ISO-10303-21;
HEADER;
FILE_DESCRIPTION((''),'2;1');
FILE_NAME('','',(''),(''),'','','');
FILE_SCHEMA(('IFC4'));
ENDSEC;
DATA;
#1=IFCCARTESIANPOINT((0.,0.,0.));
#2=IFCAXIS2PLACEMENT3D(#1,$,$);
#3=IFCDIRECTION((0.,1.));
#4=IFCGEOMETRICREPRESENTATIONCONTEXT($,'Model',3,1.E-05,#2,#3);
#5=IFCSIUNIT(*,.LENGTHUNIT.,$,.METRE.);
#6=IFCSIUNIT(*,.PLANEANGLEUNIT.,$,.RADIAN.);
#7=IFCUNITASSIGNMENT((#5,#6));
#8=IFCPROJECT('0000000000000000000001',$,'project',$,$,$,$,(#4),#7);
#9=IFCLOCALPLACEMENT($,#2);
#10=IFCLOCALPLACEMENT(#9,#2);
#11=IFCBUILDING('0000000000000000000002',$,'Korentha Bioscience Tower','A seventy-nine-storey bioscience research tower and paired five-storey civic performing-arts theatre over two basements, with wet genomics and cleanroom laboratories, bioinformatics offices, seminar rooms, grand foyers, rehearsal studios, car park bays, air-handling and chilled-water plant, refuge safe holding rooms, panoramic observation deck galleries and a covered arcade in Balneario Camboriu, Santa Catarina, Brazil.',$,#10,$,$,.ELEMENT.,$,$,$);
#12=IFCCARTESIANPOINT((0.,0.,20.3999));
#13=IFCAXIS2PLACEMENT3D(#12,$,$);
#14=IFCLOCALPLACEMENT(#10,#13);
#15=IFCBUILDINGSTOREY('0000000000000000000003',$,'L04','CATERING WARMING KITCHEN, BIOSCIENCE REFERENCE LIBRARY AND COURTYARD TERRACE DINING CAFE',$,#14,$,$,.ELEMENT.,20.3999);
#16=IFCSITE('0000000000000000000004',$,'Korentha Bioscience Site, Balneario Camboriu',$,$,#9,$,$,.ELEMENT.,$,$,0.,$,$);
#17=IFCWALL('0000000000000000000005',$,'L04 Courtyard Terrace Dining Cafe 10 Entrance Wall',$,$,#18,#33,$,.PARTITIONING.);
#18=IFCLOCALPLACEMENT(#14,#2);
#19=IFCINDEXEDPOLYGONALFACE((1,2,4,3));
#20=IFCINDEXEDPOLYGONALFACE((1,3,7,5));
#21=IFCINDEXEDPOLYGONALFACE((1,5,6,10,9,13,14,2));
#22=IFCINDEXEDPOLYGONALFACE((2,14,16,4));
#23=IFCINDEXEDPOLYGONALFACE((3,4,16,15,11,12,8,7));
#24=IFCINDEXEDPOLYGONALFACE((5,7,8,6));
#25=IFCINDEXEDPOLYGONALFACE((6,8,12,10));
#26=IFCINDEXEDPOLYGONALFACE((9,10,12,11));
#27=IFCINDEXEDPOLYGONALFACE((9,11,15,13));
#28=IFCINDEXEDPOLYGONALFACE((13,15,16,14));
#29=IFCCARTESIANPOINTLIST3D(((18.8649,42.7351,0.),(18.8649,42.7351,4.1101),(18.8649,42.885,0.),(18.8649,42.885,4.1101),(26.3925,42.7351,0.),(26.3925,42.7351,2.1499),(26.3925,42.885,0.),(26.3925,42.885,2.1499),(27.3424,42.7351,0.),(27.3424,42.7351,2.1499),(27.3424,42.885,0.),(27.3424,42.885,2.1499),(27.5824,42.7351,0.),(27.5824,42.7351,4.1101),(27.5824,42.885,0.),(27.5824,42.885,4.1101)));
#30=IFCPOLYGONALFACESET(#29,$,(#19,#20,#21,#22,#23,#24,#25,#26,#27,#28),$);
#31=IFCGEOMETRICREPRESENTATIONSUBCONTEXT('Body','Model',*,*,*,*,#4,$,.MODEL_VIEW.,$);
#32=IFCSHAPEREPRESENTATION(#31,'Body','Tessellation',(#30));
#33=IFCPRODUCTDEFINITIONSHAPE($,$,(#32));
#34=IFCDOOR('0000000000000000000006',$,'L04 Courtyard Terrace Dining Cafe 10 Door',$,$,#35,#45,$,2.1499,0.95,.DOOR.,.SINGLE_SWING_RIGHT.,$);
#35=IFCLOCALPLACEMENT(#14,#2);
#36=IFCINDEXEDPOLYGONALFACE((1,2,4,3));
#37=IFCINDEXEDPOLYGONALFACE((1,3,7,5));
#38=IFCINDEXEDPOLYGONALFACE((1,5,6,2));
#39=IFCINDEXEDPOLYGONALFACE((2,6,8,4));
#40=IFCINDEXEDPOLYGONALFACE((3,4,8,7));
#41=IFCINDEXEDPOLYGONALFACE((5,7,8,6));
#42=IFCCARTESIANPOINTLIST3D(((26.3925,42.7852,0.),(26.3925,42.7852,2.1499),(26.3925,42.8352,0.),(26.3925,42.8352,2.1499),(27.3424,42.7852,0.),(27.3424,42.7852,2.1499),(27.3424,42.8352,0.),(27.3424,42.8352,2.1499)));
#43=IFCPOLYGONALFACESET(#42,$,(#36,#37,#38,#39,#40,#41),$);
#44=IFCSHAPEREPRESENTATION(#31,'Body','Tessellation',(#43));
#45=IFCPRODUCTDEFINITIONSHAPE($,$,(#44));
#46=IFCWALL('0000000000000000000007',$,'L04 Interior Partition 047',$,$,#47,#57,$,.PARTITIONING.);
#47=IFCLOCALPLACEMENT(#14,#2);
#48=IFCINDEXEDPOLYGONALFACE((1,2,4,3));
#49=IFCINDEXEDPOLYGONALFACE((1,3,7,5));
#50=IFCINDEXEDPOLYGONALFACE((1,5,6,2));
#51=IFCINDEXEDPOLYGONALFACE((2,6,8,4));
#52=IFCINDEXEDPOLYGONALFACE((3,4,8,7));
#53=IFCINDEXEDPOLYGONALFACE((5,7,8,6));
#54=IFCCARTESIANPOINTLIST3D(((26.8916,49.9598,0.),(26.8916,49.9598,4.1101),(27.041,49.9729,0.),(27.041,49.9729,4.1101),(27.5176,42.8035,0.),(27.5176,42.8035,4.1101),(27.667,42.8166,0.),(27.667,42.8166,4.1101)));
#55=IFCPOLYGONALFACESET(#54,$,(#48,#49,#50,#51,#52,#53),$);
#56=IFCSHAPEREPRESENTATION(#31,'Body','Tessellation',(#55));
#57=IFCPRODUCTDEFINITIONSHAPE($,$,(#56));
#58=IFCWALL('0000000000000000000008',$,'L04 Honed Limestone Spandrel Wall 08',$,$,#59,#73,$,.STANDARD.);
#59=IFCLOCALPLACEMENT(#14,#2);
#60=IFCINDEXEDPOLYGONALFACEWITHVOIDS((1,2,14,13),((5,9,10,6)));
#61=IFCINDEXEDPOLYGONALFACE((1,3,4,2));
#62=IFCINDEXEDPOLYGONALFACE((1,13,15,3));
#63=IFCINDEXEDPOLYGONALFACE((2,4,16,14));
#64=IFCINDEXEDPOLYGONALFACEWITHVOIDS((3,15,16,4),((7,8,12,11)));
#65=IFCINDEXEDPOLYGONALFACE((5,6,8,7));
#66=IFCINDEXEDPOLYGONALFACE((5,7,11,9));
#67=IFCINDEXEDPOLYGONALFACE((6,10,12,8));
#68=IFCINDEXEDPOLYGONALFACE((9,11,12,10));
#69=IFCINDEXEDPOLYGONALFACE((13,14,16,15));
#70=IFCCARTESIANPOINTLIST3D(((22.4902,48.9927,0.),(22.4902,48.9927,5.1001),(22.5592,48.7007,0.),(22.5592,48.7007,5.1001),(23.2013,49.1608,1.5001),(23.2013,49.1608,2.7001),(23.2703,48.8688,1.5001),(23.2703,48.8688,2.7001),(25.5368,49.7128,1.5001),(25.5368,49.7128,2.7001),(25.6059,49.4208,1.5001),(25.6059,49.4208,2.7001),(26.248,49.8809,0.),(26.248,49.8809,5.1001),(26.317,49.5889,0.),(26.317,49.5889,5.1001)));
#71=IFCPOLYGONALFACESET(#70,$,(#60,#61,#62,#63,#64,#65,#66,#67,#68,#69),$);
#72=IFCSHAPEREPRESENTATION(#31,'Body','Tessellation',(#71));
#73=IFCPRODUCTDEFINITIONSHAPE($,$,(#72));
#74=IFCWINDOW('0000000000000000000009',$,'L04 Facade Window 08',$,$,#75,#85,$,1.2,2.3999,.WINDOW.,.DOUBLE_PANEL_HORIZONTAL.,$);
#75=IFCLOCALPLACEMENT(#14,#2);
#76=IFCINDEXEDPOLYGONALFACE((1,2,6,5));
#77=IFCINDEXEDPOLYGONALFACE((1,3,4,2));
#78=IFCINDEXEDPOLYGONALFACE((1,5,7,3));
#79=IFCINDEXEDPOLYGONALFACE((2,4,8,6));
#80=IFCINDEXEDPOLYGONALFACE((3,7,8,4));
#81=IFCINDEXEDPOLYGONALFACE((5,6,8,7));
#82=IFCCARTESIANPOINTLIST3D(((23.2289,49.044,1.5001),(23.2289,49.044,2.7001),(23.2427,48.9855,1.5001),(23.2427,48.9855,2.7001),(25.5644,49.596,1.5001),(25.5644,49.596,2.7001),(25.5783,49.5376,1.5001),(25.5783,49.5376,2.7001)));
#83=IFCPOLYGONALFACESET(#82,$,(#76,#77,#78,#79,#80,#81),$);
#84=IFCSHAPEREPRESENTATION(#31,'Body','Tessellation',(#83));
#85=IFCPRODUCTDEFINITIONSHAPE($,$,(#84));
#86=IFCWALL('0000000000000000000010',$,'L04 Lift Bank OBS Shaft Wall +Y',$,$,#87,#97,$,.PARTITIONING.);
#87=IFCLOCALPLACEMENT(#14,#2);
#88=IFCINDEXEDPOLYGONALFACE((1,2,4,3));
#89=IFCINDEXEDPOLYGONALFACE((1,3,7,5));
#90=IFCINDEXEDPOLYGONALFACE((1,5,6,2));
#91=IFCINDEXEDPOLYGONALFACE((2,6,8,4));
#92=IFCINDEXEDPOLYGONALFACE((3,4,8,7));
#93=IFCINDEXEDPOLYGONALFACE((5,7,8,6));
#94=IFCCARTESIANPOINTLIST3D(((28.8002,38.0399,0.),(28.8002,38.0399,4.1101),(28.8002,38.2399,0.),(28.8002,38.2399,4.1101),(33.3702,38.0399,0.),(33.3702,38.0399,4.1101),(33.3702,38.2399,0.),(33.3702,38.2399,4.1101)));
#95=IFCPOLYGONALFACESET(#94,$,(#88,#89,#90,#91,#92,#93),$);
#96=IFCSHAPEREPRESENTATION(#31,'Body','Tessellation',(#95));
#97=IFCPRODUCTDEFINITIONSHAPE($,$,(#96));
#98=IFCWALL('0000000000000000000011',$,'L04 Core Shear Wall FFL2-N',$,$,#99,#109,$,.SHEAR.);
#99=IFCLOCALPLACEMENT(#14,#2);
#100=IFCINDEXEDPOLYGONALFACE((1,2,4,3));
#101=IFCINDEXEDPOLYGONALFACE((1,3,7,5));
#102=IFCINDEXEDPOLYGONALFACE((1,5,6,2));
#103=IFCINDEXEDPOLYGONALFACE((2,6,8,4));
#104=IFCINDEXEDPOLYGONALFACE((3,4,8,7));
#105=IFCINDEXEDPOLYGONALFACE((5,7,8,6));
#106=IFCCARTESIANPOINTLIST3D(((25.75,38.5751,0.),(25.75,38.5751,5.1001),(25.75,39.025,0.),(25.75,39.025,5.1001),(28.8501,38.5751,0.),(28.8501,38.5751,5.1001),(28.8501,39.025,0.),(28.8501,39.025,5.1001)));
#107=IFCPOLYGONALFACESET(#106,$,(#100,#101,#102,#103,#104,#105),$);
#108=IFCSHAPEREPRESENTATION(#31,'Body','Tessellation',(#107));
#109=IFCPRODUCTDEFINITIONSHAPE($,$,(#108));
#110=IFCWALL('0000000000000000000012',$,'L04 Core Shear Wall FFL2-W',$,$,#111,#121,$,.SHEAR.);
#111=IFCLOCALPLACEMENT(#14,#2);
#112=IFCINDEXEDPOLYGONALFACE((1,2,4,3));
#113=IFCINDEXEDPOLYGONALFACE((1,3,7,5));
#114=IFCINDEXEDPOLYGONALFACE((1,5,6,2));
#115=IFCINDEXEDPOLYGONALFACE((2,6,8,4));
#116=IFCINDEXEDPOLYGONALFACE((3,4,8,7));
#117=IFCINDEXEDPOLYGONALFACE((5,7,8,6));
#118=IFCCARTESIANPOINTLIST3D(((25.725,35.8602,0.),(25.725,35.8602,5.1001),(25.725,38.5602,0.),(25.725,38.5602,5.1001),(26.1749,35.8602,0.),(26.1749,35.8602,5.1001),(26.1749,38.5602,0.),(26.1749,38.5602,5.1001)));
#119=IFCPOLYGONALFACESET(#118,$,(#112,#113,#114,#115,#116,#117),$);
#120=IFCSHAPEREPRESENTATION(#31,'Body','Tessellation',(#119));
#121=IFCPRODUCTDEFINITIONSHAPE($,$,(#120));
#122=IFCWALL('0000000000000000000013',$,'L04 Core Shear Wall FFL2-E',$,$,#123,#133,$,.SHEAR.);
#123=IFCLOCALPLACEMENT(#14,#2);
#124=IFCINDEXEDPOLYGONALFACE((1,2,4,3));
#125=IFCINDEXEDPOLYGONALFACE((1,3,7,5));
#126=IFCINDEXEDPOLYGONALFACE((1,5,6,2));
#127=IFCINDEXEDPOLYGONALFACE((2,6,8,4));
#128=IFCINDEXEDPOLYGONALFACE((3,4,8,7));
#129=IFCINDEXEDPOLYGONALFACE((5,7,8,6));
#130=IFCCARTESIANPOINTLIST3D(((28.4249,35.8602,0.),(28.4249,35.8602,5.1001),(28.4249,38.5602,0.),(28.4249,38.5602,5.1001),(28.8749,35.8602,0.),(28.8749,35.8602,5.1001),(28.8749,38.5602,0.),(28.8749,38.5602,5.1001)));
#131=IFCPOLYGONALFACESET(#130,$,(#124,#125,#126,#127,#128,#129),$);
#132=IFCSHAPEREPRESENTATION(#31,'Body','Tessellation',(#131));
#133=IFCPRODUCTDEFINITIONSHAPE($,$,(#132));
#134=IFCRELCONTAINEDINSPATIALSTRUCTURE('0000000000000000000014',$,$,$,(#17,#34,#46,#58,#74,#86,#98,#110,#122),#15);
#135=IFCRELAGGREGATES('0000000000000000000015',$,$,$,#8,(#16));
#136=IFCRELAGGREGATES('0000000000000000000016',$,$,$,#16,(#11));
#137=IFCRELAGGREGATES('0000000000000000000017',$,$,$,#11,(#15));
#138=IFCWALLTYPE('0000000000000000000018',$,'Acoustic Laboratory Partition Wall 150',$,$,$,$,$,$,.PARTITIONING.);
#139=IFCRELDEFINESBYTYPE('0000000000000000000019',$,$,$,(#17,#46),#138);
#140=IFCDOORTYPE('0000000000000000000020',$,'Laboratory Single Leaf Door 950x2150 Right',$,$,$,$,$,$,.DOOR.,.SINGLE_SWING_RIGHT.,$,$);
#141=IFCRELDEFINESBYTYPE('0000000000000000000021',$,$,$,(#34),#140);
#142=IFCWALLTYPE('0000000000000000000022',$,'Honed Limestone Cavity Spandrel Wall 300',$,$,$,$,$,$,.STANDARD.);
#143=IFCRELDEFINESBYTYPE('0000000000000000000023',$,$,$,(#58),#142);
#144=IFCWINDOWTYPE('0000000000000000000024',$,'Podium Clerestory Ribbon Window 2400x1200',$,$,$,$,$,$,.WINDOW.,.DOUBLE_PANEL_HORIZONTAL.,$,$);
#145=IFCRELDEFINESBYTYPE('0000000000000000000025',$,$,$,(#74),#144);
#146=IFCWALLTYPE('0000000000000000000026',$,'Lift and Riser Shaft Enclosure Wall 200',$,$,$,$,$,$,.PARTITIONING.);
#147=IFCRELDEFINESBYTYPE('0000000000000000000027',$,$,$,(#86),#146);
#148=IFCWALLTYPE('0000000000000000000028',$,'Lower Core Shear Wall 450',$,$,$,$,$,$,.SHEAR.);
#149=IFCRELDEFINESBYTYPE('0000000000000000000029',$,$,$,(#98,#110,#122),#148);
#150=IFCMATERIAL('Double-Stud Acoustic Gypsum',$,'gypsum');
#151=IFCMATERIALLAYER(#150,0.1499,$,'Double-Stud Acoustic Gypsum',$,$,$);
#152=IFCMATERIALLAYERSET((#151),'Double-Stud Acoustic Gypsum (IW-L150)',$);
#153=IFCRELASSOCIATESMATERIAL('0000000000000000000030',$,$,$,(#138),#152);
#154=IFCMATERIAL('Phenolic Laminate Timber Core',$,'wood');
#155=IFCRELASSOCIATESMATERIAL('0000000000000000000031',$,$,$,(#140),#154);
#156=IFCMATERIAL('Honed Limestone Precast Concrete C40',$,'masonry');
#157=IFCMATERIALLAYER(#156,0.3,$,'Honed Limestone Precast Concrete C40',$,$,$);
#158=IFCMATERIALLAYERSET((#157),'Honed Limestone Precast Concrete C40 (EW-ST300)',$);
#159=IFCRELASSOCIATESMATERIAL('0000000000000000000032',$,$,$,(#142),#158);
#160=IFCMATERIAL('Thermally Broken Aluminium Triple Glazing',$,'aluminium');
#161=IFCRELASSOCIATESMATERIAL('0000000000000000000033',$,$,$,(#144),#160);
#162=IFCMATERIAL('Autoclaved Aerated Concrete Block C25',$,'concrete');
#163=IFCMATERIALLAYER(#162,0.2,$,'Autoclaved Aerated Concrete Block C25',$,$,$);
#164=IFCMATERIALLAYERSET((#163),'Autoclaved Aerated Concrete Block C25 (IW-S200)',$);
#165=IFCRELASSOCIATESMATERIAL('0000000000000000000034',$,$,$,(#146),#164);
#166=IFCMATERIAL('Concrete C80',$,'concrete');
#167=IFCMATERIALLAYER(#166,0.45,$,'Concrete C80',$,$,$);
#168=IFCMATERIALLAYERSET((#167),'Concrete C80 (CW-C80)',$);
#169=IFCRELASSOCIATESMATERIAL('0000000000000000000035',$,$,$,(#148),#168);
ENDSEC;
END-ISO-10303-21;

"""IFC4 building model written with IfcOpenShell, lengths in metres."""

from ifc_helpers import new_model, si_unit, direction, frame, frame_2d, origin, place, context, subcontext, project, spatial, rectangle, extrude, material, layer, layer_set, type_object, element, fill, save


model = new_model("IFC4")

# Units and contexts
model_context = context("Model", 3, precision=1e-05, world=origin(), true_north=direction((0.0, 1.0)))
body_context = subcontext(model_context, "Body", "Model", "MODEL_VIEW")
ifc_project = project(units=[si_unit("LENGTHUNIT", "METRE"), si_unit("PLANEANGLEUNIT", "RADIAN")], contexts=[model_context])

# Site, building, storey
site_placement = place(None, origin())
site = spatial("IfcSite", under=ifc_project, at=site_placement, Name="Korentha Bioscience Site, Balneario Camboriu", CompositionType="ELEMENT", RefElevation=0.0)
building_placement = place(site_placement, origin())
building = spatial("IfcBuilding", under=site, at=building_placement, Name="Korentha Bioscience Tower", Description="A seventy-nine-storey bioscience research tower and paired five-storey civic performing-arts theatre over two basements, with wet genomics and cleanroom laboratories, bioinformatics offices, seminar rooms, grand foyers, rehearsal studios, car park bays, air-handling and chilled-water plant, refuge safe holding rooms, panoramic observation deck galleries and a covered arcade in Balneario Camboriu, Santa Catarina, Brazil.", CompositionType="ELEMENT")
storey_placement = place(building_placement, frame((0.0, 0.0, 20.3999)))
storey = spatial("IfcBuildingStorey", under=building, at=storey_placement, Name="L04", Description="CATERING WARMING KITCHEN, BIOSCIENCE REFERENCE LIBRARY AND COURTYARD TERRACE DINING CAFE", CompositionType="ELEMENT", Elevation=20.3999)

# Wall, opening, door
ifc_material_1 = material(Name="Double-Stud Acoustic Gypsum", Category="gypsum")
ifc_layer_1 = layer(ifc_material_1, 0.1499, Name="Double-Stud Acoustic Gypsum")
ifc_layer_set_1 = layer_set([ifc_layer_1], Name="Double-Stud Acoustic Gypsum (IW-L150)")
wall_type_1 = type_object("IfcWallType", Name="Acoustic Laboratory Partition Wall 150", PredefinedType="PARTITIONING", material=ifc_layer_set_1)
wall_1_placement = place(storey_placement, frame((27.5825, 42.8101, 0.0), z_axis=(0.0, 0.0, 1.0), x_axis=(-1.0, 0.0, 0.0)))
wall_1 = element("IfcWall", 1, at=wall_1_placement, inside=storey, type_object=wall_type_1, Name="L04 Courtyard Terrace Dining Cafe 10 Entrance Wall", PredefinedType="PARTITIONING", context=body_context, shape_type="SweptSolid", body=[
    extrude(rectangle(XDim=8.7175, YDim=0.1499, at=frame_2d((4.3589, 0.0))), origin(), (0.0, 0.0, 1.0), 4.1101),
])
opening_1_placement = place(wall_1_placement, frame((0.24, 0.0, 0.0)))
opening_1 = element("IfcOpeningElement", 2, at=opening_1_placement, cuts=wall_1, PredefinedType="OPENING", context=body_context, shape_type="SweptSolid", body=[
    extrude(rectangle(XDim=0.95, YDim=2.1499, at=frame_2d((0.4751, 1.075))), frame((0.0, 0.0898, 0.0), z_axis=(0.0, -1.0, 0.0), x_axis=(1.0, 0.0, 0.0)), (0.0, 0.0, 1.0), 0.1797),
])
ifc_material_2 = material(Name="Phenolic Laminate Timber Core", Category="wood")
door_type = type_object("IfcDoorType", Name="Laboratory Single Leaf Door 950x2150 Right", OperationType="SINGLE_SWING_RIGHT", PredefinedType="DOOR", material=ifc_material_2)
door_placement = place(opening_1_placement, origin())
door = element("IfcDoor", 3, at=door_placement, inside=storey, type_object=door_type, Name="L04 Courtyard Terrace Dining Cafe 10 Door", OperationType="SINGLE_SWING_RIGHT", OverallHeight=2.1499, OverallWidth=0.95, PredefinedType="DOOR", context=body_context, shape_type="SweptSolid", body=[
    extrude(rectangle(XDim=0.95, YDim=2.1499, at=frame_2d((0.4751, 1.075))), frame((0.0, 0.0249, 0.0), z_axis=(0.0, -1.0, 0.0), x_axis=(1.0, 0.0, 0.0)), (0.0, 0.0, 1.0), 0.05),
])
fill(opening_1, door)

# Wall
wall_2_placement = place(storey_placement, frame((27.5923, 42.8101, 0.0), z_axis=(0.0, 0.0, 1.0), x_axis=(-0.08714, 0.996196, 0.0)))
element("IfcWall", 4, at=wall_2_placement, inside=storey, type_object=wall_type_1, Name="L04 Interior Partition 047", PredefinedType="PARTITIONING", context=body_context, shape_type="SweptSolid", body=[
    extrude(rectangle(XDim=7.1836, YDim=0.1499, at=frame_2d((3.5918, 0.0))), origin(), (0.0, 0.0, 1.0), 4.1101),
])

# Wall, opening, window
ifc_material_3 = material(Name="Honed Limestone Precast Concrete C40", Category="masonry")
ifc_layer_2 = layer(ifc_material_3, 0.3, Name="Honed Limestone Precast Concrete C40")
ifc_layer_set_2 = layer_set([ifc_layer_2], Name="Honed Limestone Precast Concrete C40 (EW-ST300)")
wall_type_2 = type_object("IfcWallType", Name="Honed Limestone Cavity Spandrel Wall 300", PredefinedType="STANDARD", material=ifc_layer_set_2)
wall_3_placement = place(storey_placement, frame((26.2825, 49.7349, 0.0), z_axis=(0.0, 0.0, 1.0), x_axis=(-0.973186, -0.230019, 0.0)))
wall_3 = element("IfcWall", 5, at=wall_3_placement, inside=storey, type_object=wall_type_2, Name="L04 Honed Limestone Spandrel Wall 08", PredefinedType="STANDARD", context=body_context, shape_type="SweptSolid", body=[
    extrude(rectangle(XDim=3.8613, YDim=0.3, at=frame_2d((1.9307, 0.0))), origin(), (0.0, 0.0, 1.0), 5.1001),
])
opening_2_placement = place(wall_3_placement, frame((0.7307, 0.0, 1.5)))
opening_2 = element("IfcOpeningElement", 6, at=opening_2_placement, cuts=wall_3, PredefinedType="OPENING", context=body_context, shape_type="SweptSolid", body=[
    extrude(rectangle(XDim=2.3999, YDim=1.2, at=frame_2d((1.2, 0.6001))), frame((0.0, 0.165, 0.0), z_axis=(0.0, -1.0, 0.0), x_axis=(1.0, 0.0, 0.0)), (0.0, 0.0, 1.0), 0.3298),
])
ifc_material_4 = material(Name="Thermally Broken Aluminium Triple Glazing", Category="aluminium")
window_type = type_object("IfcWindowType", Name="Podium Clerestory Ribbon Window 2400x1200", PartitioningType="DOUBLE_PANEL_HORIZONTAL", PredefinedType="WINDOW", material=ifc_material_4)
window_placement = place(opening_2_placement, origin())
window = element("IfcWindow", 7, at=window_placement, inside=storey, type_object=window_type, Name="L04 Facade Window 08", OverallHeight=1.2, OverallWidth=2.3999, PartitioningType="DOUBLE_PANEL_HORIZONTAL", PredefinedType="WINDOW", context=body_context, shape_type="SweptSolid", body=[
    extrude(rectangle(XDim=2.3999, YDim=1.2, at=frame_2d((1.2, 0.6001))), frame((0.0, 0.03, 0.0), z_axis=(0.0, -1.0, 0.0), x_axis=(1.0, 0.0, 0.0)), (0.0, 0.0, 1.0), 0.0601),
])
fill(opening_2, window)

# Walls
ifc_material_5 = material(Name="Autoclaved Aerated Concrete Block C25", Category="concrete")
ifc_layer_3 = layer(ifc_material_5, 0.2, Name="Autoclaved Aerated Concrete Block C25")
ifc_layer_set_3 = layer_set([ifc_layer_3], Name="Autoclaved Aerated Concrete Block C25 (IW-S200)")
wall_type_3 = type_object("IfcWallType", Name="Lift and Riser Shaft Enclosure Wall 200", PredefinedType="PARTITIONING", material=ifc_layer_set_3)
wall_4_placement = place(storey_placement, frame((28.8, 38.1399, 0.0), z_axis=(0.0, 0.0, 1.0), x_axis=(1.0, 0.0, 0.0)))
element("IfcWall", 8, at=wall_4_placement, inside=storey, type_object=wall_type_3, Name="L04 Lift Bank OBS Shaft Wall +Y", PredefinedType="PARTITIONING", context=body_context, shape_type="SweptSolid", body=[
    extrude(rectangle(XDim=4.5701, YDim=0.2, at=frame_2d((2.2852, 0.0))), origin(), (0.0, 0.0, 1.0), 4.1101),
])
ifc_material_6 = material(Name="Concrete C80", Category="concrete")
ifc_layer_4 = layer(ifc_material_6, 0.45, Name="Concrete C80")
ifc_layer_set_4 = layer_set([ifc_layer_4], Name="Concrete C80 (CW-C80)")
wall_type_4 = type_object("IfcWallType", Name="Lower Core Shear Wall 450", PredefinedType="SHEAR", material=ifc_layer_set_4)
wall_5_placement = place(storey_placement, frame((25.75, 38.8, 0.0), z_axis=(0.0, 0.0, 1.0), x_axis=(1.0, 0.0, 0.0)))
element("IfcWall", 9, at=wall_5_placement, inside=storey, type_object=wall_type_4, Name="L04 Core Shear Wall FFL2-N", PredefinedType="SHEAR", context=body_context, shape_type="SweptSolid", body=[
    extrude(rectangle(XDim=3.1001, YDim=0.45, at=frame_2d((1.55, 0.0))), origin(), (0.0, 0.0, 1.0), 5.1001),
])
for number, where, z_axis, x_axis, name in (
    (10, (25.95, 35.8601, 0.0), (0.0, 0.0, 1.0), (0.0, 1.0, 0.0), "L04 Core Shear Wall FFL2-W"),
    (11, (28.6499, 35.8601, 0.0), (0.0, 0.0, 1.0), (0.0, 1.0, 0.0), "L04 Core Shear Wall FFL2-E"),
):
    element("IfcWall", number, at=place(storey_placement, frame(where, z_axis=z_axis, x_axis=x_axis)), inside=storey, type_object=wall_type_4, Name=name, PredefinedType="SHEAR", context=body_context, shape_type="SweptSolid", body=[
        extrude(rectangle(XDim=2.7, YDim=0.45, at=frame_2d((1.3501, 0.0))), origin(), (0.0, 0.0, 1.0), 5.1001),
    ])

save(model, "model.ifc")
